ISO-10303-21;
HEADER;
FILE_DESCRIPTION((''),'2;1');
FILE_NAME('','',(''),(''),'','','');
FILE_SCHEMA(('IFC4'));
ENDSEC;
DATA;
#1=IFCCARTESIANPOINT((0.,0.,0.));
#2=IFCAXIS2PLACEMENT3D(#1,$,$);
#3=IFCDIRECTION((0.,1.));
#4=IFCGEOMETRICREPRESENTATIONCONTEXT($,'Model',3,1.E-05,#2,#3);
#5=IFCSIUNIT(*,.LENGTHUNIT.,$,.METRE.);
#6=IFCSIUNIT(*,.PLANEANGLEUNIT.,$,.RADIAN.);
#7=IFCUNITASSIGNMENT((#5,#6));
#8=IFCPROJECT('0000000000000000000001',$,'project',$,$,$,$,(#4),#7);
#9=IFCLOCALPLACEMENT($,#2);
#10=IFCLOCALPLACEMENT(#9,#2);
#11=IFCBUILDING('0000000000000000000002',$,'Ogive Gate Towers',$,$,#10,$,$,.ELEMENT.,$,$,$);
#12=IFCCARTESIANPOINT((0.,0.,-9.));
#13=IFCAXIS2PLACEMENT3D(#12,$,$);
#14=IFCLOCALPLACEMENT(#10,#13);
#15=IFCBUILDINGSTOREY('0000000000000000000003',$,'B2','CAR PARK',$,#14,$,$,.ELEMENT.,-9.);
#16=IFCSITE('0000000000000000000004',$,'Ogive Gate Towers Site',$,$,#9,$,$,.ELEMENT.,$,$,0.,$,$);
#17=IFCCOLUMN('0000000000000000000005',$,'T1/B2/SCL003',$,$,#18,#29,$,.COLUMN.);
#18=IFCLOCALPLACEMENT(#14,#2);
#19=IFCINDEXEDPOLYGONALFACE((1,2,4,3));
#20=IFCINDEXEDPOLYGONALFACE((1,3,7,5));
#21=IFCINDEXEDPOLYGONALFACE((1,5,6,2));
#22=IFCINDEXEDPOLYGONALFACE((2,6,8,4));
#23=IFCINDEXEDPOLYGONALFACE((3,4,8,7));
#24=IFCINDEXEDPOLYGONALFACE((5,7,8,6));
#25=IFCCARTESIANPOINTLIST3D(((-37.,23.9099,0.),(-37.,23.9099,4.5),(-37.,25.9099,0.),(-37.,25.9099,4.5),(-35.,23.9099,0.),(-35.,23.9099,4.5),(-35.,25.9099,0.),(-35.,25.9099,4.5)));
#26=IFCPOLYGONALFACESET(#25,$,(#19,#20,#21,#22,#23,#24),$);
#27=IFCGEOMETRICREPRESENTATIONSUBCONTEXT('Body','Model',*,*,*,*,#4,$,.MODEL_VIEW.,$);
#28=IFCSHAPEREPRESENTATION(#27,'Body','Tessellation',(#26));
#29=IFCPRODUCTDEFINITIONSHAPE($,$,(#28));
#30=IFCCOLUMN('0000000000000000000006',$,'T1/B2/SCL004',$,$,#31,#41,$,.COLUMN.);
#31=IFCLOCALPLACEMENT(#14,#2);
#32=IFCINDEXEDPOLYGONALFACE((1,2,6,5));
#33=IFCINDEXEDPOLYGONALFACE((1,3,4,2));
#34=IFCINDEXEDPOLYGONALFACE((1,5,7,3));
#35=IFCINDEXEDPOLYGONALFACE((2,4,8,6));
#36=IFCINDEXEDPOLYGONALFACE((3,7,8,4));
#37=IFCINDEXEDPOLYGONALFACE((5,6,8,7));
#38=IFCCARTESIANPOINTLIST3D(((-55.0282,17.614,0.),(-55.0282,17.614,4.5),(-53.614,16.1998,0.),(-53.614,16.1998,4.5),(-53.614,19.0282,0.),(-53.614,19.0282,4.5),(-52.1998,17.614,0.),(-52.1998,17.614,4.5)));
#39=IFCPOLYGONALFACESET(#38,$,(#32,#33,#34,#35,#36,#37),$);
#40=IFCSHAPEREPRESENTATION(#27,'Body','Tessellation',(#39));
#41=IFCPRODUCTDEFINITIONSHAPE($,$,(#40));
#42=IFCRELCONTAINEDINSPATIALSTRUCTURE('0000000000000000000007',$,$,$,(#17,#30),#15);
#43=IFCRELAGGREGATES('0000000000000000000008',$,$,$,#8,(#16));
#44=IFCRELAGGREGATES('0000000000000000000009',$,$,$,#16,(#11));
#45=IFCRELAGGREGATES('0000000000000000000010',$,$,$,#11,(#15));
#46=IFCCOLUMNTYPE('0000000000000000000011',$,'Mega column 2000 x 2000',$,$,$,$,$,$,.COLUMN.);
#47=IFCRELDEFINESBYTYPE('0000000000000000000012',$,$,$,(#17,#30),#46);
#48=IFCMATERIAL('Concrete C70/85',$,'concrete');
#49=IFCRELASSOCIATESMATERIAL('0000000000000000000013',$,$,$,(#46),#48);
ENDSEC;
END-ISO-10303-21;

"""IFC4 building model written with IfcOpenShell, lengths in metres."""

from ifc_helpers import new_model, si_unit, direction, frame, origin, origin_2d, place, context, subcontext, project, spatial, rectangle, extrude, material, material_profile, profile_set, type_object, element, save


model = new_model("IFC4")

# Units and contexts
model_context = context("Model", 3, precision=1e-05, world=origin(), true_north=direction((0.0, 1.0)))
body_context = subcontext(model_context, "Body", "Model", "MODEL_VIEW")
ifc_project = project(units=[si_unit("LENGTHUNIT", "METRE"), si_unit("PLANEANGLEUNIT", "RADIAN")], contexts=[model_context])

# Site, building, storey
site_placement = place(None, origin())
site = spatial("IfcSite", under=ifc_project, at=site_placement, Name="Ogive Gate Towers Site", CompositionType="ELEMENT", RefElevation=0.0)
building_placement = place(site_placement, origin())
building = spatial("IfcBuilding", under=site, at=building_placement, Name="Ogive Gate Towers", CompositionType="ELEMENT")
storey_placement = place(building_placement, frame((0.0, 0.0, -9.0)))
storey = spatial("IfcBuildingStorey", under=building, at=storey_placement, Name="B2", Description="CAR PARK", CompositionType="ELEMENT", Elevation=-9.0)

# Columns
ifc_material_1 = material(Name="Concrete C70/85", Category="concrete")
ifc_material_profile_1 = material_profile(ifc_material_1, rectangle(XDim=2.0, YDim=2.0, at=origin_2d()), Name="RC 2000x2000")
ifc_profile_set_1 = profile_set([ifc_material_profile_1], Name="Concrete C70/85")
column_type_1 = type_object("IfcColumnType", Name="Mega column 2000 x 2000", PredefinedType="COLUMN", material=ifc_profile_set_1)
for number, where, z_axis, x_axis, name in (
    (1, (-36.0, 24.9099, 0.0), (0.0, 0.0, 1.0), (0.0, 1.0, 0.0), "T1/B2/SCL003"),
    (2, (-53.614, 17.614, 0.0), (0.0, 0.0, 1.0), (-0.707107, 0.707107, 0.0), "T1/B2/SCL004"),
):
    element("IfcColumn", number, at=place(storey_placement, frame(where, z_axis=z_axis, x_axis=x_axis)), inside=storey, type_object=column_type_1, Name=name, PredefinedType="COLUMN", context=body_context, shape_type="SweptSolid", body=[
        extrude(rectangle(XDim=2.0, YDim=2.0, at=origin_2d()), origin(), (0.0, 0.0, 1.0), 4.5),
    ])

save(model, "model.ifc")
